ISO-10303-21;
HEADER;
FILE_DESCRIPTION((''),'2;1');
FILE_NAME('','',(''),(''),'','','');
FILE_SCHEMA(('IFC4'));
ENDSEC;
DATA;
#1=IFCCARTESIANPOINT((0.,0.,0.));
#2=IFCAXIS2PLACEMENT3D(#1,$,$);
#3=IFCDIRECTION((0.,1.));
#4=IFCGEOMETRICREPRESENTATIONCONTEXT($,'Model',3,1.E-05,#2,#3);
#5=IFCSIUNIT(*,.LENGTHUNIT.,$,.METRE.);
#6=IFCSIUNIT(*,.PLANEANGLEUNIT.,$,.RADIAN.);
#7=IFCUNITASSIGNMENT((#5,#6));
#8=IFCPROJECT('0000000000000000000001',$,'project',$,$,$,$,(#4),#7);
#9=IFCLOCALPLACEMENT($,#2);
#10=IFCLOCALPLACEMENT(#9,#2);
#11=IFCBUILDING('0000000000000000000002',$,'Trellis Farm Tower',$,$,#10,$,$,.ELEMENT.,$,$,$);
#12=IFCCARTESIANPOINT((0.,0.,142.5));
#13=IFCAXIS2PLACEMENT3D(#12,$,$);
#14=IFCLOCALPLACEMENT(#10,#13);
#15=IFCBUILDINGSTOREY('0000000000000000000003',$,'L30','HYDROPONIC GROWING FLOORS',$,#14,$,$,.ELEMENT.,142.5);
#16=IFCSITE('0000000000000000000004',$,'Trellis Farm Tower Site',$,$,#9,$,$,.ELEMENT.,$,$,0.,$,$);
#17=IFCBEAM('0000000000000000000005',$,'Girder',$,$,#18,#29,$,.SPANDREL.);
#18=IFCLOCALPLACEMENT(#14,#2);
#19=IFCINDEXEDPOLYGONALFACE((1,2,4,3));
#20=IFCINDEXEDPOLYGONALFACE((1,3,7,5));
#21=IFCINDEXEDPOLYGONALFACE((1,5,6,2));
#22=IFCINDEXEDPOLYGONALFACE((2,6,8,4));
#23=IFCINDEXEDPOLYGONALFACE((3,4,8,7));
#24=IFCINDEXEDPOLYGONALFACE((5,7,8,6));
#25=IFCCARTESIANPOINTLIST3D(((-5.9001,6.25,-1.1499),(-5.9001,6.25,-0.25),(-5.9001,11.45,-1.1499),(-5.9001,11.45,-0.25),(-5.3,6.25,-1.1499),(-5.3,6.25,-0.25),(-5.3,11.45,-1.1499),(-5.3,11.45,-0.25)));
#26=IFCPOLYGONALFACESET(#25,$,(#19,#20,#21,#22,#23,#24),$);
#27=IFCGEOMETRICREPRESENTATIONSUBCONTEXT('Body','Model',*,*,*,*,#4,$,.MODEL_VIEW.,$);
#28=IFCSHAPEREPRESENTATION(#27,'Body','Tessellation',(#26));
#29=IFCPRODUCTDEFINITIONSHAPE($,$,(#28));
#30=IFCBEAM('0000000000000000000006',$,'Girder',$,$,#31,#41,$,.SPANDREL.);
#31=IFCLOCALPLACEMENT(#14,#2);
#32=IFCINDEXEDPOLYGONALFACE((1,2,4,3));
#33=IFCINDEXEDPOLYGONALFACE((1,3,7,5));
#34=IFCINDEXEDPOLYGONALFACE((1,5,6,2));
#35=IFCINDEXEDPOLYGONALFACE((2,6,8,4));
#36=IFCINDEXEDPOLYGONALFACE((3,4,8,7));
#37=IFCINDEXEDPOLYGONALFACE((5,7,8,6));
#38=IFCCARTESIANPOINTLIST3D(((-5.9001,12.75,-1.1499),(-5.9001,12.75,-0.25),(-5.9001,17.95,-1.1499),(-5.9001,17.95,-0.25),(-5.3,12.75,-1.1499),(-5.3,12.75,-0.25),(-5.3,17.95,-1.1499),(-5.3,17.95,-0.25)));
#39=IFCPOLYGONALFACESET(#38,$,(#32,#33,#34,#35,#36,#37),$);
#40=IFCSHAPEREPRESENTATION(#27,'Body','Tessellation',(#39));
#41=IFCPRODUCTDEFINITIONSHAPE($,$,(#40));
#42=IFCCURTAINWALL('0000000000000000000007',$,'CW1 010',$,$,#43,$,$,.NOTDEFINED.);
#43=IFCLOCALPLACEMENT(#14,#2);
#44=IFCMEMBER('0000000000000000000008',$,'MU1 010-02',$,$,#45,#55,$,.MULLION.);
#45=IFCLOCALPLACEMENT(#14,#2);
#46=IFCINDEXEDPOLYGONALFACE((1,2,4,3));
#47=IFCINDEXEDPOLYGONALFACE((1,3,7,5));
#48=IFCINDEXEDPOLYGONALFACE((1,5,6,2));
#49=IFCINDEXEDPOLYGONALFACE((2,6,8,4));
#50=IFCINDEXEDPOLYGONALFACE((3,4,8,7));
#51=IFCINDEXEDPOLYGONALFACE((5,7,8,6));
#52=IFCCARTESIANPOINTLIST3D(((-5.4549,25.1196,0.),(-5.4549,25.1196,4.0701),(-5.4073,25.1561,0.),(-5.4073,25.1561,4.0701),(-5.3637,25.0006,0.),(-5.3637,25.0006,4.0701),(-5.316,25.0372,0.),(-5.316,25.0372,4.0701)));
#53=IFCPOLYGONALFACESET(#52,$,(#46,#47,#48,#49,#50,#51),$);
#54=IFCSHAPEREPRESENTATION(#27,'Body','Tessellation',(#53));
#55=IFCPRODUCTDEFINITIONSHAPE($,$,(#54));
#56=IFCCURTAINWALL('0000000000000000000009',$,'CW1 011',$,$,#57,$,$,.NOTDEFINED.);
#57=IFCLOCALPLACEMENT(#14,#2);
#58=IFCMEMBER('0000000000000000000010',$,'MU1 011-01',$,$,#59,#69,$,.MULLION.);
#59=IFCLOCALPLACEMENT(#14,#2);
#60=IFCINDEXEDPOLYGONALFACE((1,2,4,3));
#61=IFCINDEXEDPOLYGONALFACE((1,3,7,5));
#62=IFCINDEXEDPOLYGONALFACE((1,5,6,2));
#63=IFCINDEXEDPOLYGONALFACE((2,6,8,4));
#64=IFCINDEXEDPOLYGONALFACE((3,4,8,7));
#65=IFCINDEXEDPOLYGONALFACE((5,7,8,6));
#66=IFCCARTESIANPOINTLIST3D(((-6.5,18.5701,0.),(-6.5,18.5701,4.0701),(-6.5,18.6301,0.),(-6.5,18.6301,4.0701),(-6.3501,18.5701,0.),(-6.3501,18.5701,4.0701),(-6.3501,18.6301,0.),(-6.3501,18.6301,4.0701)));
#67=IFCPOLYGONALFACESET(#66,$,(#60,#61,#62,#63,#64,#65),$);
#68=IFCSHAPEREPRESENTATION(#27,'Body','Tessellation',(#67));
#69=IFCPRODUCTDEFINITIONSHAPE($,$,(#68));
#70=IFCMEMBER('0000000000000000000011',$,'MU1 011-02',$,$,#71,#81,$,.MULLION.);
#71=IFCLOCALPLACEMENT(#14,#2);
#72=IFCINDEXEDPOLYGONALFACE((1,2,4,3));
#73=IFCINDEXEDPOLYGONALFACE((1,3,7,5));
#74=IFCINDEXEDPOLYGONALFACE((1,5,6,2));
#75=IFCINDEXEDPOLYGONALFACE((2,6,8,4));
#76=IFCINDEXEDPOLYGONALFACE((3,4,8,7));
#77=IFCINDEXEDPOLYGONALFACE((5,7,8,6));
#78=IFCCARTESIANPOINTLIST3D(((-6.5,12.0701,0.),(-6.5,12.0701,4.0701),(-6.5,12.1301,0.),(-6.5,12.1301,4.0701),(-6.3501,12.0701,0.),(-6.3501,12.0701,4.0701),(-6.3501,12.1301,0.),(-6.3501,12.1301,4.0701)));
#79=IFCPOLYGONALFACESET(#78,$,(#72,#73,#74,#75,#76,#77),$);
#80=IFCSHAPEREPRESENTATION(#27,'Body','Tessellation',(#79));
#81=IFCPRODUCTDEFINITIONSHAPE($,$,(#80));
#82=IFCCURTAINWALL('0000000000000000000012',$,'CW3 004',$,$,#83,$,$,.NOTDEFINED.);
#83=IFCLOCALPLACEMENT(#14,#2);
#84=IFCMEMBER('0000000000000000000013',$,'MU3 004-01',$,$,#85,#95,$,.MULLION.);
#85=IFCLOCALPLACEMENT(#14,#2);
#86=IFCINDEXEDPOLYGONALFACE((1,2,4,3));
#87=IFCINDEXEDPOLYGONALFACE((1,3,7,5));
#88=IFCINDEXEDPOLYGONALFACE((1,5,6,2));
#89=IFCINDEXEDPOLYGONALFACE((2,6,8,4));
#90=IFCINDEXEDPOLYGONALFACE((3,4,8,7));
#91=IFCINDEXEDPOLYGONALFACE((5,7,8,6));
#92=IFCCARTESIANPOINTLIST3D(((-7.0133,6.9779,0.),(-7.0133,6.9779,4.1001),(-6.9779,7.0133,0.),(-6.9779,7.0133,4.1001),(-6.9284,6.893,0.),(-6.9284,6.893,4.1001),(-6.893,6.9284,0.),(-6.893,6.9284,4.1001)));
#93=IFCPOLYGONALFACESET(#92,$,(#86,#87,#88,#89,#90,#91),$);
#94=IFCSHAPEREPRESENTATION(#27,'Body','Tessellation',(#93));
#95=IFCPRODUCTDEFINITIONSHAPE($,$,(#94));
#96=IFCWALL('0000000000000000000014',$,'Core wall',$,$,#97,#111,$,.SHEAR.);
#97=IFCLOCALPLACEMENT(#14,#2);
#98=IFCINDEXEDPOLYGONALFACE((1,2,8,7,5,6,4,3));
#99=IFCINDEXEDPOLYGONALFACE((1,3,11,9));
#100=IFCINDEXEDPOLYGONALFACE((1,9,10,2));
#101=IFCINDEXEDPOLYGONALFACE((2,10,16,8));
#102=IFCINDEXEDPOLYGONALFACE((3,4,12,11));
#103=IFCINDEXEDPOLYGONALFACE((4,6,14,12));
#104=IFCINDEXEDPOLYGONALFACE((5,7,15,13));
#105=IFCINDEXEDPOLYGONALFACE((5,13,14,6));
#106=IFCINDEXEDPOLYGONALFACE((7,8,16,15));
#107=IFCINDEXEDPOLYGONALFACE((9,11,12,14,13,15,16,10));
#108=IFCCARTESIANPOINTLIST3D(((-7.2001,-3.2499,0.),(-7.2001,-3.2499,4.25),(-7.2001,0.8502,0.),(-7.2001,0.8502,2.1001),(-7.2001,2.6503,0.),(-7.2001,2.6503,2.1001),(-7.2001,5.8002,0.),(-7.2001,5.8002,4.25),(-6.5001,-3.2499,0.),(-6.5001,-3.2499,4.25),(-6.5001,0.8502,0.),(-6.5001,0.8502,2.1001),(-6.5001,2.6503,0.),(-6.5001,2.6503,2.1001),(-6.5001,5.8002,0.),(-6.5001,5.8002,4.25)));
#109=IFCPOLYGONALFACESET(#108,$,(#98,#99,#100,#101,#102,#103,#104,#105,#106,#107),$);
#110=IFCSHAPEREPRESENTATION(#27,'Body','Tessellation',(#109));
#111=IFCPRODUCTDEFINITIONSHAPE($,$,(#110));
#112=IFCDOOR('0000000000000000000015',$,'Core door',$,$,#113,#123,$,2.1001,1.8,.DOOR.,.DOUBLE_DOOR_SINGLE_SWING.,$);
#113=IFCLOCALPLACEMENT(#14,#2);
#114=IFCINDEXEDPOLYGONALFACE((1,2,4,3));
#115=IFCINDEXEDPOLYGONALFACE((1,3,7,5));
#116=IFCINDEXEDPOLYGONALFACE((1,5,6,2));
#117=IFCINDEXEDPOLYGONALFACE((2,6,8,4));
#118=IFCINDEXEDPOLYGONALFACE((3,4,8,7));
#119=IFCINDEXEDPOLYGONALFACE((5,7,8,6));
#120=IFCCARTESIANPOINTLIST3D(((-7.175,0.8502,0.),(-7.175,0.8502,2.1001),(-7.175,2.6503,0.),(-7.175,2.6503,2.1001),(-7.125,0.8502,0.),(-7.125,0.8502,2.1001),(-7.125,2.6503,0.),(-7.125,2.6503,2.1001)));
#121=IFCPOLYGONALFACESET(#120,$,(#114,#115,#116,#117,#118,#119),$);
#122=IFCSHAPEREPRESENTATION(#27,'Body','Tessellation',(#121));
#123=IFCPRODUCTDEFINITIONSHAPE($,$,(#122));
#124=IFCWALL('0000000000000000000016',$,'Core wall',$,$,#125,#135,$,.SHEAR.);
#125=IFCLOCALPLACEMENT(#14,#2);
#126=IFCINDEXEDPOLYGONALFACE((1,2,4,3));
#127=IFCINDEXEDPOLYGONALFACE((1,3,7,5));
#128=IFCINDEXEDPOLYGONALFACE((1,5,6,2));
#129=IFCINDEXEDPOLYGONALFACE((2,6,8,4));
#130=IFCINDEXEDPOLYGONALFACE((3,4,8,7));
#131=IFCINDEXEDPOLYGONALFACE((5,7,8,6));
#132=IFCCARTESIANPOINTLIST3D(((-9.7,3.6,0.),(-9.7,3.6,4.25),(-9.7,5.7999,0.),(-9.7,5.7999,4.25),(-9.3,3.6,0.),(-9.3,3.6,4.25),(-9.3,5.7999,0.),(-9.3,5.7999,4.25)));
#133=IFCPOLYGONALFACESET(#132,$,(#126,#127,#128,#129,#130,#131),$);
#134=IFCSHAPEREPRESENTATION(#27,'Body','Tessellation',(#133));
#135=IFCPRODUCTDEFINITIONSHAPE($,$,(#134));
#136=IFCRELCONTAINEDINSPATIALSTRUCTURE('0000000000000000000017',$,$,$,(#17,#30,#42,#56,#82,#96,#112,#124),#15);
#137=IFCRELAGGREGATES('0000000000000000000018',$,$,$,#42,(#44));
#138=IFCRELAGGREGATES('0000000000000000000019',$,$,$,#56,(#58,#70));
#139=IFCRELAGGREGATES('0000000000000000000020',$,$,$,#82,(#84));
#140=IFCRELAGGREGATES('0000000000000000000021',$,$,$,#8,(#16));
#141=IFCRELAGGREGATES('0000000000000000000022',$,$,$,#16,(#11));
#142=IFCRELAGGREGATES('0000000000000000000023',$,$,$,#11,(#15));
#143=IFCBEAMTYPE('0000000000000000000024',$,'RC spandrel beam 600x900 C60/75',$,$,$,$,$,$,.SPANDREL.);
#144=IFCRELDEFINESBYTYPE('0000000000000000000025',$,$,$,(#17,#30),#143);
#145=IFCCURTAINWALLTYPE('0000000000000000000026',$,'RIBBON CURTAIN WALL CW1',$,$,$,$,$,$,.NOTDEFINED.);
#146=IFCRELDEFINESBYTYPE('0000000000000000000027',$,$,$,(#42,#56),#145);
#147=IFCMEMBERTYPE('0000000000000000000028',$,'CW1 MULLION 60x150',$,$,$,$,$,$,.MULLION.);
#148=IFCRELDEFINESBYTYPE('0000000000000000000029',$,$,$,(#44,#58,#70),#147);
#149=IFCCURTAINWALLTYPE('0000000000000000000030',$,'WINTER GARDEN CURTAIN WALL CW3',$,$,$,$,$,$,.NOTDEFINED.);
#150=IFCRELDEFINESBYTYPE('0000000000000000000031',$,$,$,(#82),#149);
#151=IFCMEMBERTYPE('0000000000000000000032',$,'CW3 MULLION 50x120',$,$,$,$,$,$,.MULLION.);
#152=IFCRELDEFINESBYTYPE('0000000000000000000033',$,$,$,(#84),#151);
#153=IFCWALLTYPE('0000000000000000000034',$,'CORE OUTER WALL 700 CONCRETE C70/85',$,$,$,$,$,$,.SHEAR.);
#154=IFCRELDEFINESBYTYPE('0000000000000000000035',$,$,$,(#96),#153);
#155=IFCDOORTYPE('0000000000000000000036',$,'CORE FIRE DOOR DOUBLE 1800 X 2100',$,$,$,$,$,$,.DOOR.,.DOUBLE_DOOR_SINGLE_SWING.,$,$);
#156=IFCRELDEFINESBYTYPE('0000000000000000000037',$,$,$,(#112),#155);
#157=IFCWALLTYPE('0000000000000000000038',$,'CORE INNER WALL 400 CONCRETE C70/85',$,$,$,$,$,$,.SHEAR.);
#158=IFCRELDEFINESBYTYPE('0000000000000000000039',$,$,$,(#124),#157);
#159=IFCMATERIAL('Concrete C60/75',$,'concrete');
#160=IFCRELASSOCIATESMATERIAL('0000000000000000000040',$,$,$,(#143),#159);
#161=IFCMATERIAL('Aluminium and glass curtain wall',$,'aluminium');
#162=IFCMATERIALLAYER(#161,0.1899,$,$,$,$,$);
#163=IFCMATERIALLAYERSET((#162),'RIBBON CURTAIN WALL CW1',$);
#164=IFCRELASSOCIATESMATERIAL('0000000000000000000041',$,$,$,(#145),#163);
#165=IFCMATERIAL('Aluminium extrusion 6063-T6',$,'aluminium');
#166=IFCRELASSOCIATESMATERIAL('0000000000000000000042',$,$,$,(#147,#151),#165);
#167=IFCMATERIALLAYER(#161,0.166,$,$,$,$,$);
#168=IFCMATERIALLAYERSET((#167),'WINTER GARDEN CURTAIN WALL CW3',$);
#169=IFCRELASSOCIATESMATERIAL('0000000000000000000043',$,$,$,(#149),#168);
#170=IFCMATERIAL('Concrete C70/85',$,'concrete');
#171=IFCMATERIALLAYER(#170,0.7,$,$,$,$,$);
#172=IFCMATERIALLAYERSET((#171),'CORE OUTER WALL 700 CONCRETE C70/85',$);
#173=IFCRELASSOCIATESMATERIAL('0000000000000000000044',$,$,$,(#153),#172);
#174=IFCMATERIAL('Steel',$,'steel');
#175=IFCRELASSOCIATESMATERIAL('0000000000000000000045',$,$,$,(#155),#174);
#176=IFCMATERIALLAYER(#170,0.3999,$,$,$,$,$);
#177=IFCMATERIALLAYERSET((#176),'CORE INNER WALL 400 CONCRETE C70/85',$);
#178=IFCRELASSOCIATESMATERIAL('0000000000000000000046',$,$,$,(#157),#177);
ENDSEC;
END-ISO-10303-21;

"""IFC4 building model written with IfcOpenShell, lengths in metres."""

from ifc_helpers import new_model, si_unit, direction, frame, frame_2d, origin, origin_2d, place, context, subcontext, project, spatial, rectangle, extrude, source, transform, mapped, material, layer, layer_set, material_profile, profile_set, type_object, element, fill, aggregate, save


model = new_model("IFC4")

# Units and contexts
model_context = context("Model", 3, precision=1e-05, world=origin(), true_north=direction((0.0, 1.0)))
body_context = subcontext(model_context, "Body", "Model", "MODEL_VIEW")
ifc_project = project(units=[si_unit("LENGTHUNIT", "METRE"), si_unit("PLANEANGLEUNIT", "RADIAN")], contexts=[model_context])

# Site, building, storey
site_placement = place(None, origin())
site = spatial("IfcSite", under=ifc_project, at=site_placement, Name="Trellis Farm Tower Site", CompositionType="ELEMENT", RefElevation=0.0)
building_placement = place(site_placement, origin())
building = spatial("IfcBuilding", under=site, at=building_placement, Name="Trellis Farm Tower", CompositionType="ELEMENT")
storey_placement = place(building_placement, frame((0.0, 0.0, 142.5)))
storey = spatial("IfcBuildingStorey", under=building, at=storey_placement, Name="L30", Description="HYDROPONIC GROWING FLOORS", CompositionType="ELEMENT", Elevation=142.5)

# Beams
ifc_material_1 = material(Name="Concrete C60/75", Category="concrete")
ifc_material_profile_1 = material_profile(ifc_material_1, rectangle(XDim=0.6001, YDim=0.8999, at=origin_2d()), Name="RC spandrel beam 600x900 C60/75")
ifc_profile_set_1 = profile_set([ifc_material_profile_1], Name="Concrete C60/75")
beam_type_1 = type_object("IfcBeamType", Name="RC spandrel beam 600x900 C60/75", PredefinedType="SPANDREL", material=ifc_profile_set_1)
shared_shape_1 = source(origin(), body_context, "Body", "SweptSolid", [
    extrude(rectangle(XDim=0.6001, YDim=0.8999, at=origin_2d()), origin(), (0.0, 0.0, 1.0), 5.2),
])
for number, where, z_axis, x_axis, name in (
    (1, (-5.6001, 6.25, -0.7), (0.0, 1.0, 0.0), (-1.0, 0.0, 0.0), "Girder"),
    (2, (-5.6001, 12.75, -0.7), (0.0, 1.0, 0.0), (-1.0, 0.0, 0.0), "Girder"),
):
    element("IfcBeam", number, at=place(storey_placement, frame(where, z_axis=z_axis, x_axis=x_axis)), inside=storey, type_object=beam_type_1, Name=name, PredefinedType="SPANDREL", context=body_context, shape_type="MappedRepresentation", body=[
        mapped(shared_shape_1, transform((0.0, 0.0, 0.0))),
    ])

# Curtain wall, member
ifc_material_2 = material(Name="Aluminium and glass curtain wall", Category="aluminium")
ifc_layer_1 = layer(ifc_material_2, 0.1899)
ifc_layer_set_1 = layer_set([ifc_layer_1], Name="RIBBON CURTAIN WALL CW1")
curtain_wall_type_1 = type_object("IfcCurtainWallType", Name="RIBBON CURTAIN WALL CW1", PredefinedType="NOTDEFINED", material=ifc_layer_set_1)
placement = place(storey_placement, origin())
curtain_wall_1 = element("IfcCurtainWall", 3, at=placement, inside=storey, type_object=curtain_wall_type_1, Name="CW1 010", PredefinedType="NOTDEFINED")
ifc_material_3 = material(Name="Aluminium extrusion 6063-T6", Category="aluminium")
ifc_material_profile_2 = material_profile(ifc_material_3, rectangle(XDim=0.0601, YDim=0.1499, at=origin_2d()), Name="MULLION 60x150")
ifc_profile_set_2 = profile_set([ifc_material_profile_2], Name="Aluminium extrusion 6063-T6")
member_type_1 = type_object("IfcMemberType", Name="CW1 MULLION 60x150", PredefinedType="MULLION", material=ifc_profile_set_2)
shared_shape_2 = source(origin(), body_context, "Body", "SweptSolid", [
    extrude(rectangle(XDim=0.0601, YDim=0.1499, at=origin_2d()), origin(), (0.0, 0.0, 1.0), 4.0701),
])
member_1_placement = place(storey_placement, frame((-5.3855, 25.0784, 0.0), z_axis=(0.0, 0.0, 1.0), x_axis=(-0.793353, -0.608761, 0.0)))
member_1 = element("IfcMember", 4, at=member_1_placement, type_object=member_type_1, Name="MU1 010-02", PredefinedType="MULLION", context=body_context, shape_type="MappedRepresentation", body=[
    mapped(shared_shape_2, transform((0.0, 0.0, 0.0))),
])
aggregate(curtain_wall_1, [member_1])

# Curtain wall, members
curtain_wall_2 = element("IfcCurtainWall", 5, at=placement, inside=storey, type_object=curtain_wall_type_1, Name="CW1 011", PredefinedType="NOTDEFINED")
member_2_placement = place(storey_placement, frame((-6.425, 18.6001, 0.0), z_axis=(0.0, 0.0, 1.0), x_axis=(0.0, -1.0, 0.0)))
member_2 = element("IfcMember", 6, at=member_2_placement, type_object=member_type_1, Name="MU1 011-01", PredefinedType="MULLION", context=body_context, shape_type="MappedRepresentation", body=[
    mapped(shared_shape_2, transform((0.0, 0.0, 0.0))),
])
member_3_placement = place(storey_placement, frame((-6.425, 12.1001, 0.0), z_axis=(0.0, 0.0, 1.0), x_axis=(0.0, -1.0, 0.0)))
member_3 = element("IfcMember", 7, at=member_3_placement, type_object=member_type_1, Name="MU1 011-02", PredefinedType="MULLION", context=body_context, shape_type="MappedRepresentation", body=[
    mapped(shared_shape_2, transform((0.0, 0.0, 0.0))),
])
aggregate(curtain_wall_2, [member_2, member_3])

# Curtain wall, member
ifc_layer_2 = layer(ifc_material_2, 0.166)
ifc_layer_set_2 = layer_set([ifc_layer_2], Name="WINTER GARDEN CURTAIN WALL CW3")
curtain_wall_type_2 = type_object("IfcCurtainWallType", Name="WINTER GARDEN CURTAIN WALL CW3", PredefinedType="NOTDEFINED", material=ifc_layer_set_2)
curtain_wall_3 = element("IfcCurtainWall", 8, at=placement, inside=storey, type_object=curtain_wall_type_2, Name="CW3 004", PredefinedType="NOTDEFINED")
ifc_material_profile_3 = material_profile(ifc_material_3, rectangle(XDim=0.05, YDim=0.1201, at=origin_2d()), Name="MULLION 50x120")
ifc_profile_set_3 = profile_set([ifc_material_profile_3], Name="Aluminium extrusion 6063-T6")
member_type_2 = type_object("IfcMemberType", Name="CW3 MULLION 50x120", PredefinedType="MULLION", material=ifc_profile_set_3)
shared_shape_3 = source(origin(), body_context, "Body", "SweptSolid", [
    extrude(rectangle(XDim=0.05, YDim=0.1201, at=origin_2d()), origin(), (0.0, 0.0, 1.0), 4.1001),
])
member_4_placement = place(storey_placement, frame((-6.9531, 6.9531, 0.0), z_axis=(0.0, 0.0, 1.0), x_axis=(-0.707107, -0.707107, 0.0)))
member_4 = element("IfcMember", 9, at=member_4_placement, type_object=member_type_2, Name="MU3 004-01", PredefinedType="MULLION", context=body_context, shape_type="MappedRepresentation", body=[
    mapped(shared_shape_3, transform((0.0, 0.0, 0.0))),
])
aggregate(curtain_wall_3, [member_4])

# Wall, opening, door
ifc_material_4 = material(Name="Concrete C70/85", Category="concrete")
ifc_layer_3 = layer(ifc_material_4, 0.7)
ifc_layer_set_3 = layer_set([ifc_layer_3], Name="CORE OUTER WALL 700 CONCRETE C70/85")
wall_type_1 = type_object("IfcWallType", Name="CORE OUTER WALL 700 CONCRETE C70/85", PredefinedType="SHEAR", material=ifc_layer_set_3)
shared_shape_4 = source(origin(), body_context, "Body", "SweptSolid", [
    extrude(rectangle(XDim=9.05, YDim=0.7, at=frame_2d((4.5249, 0.0))), origin(), (0.0, 0.0, 1.0), 4.25),
])
wall_1_placement = place(storey_placement, frame((-6.8501, 5.8, 0.0), z_axis=(0.0, 0.0, 1.0), x_axis=(0.0, -1.0, 0.0)))
wall_1 = element("IfcWall", 10, at=wall_1_placement, inside=storey, type_object=wall_type_1, Name="Core wall", PredefinedType="SHEAR", context=body_context, shape_type="MappedRepresentation", body=[
    mapped(shared_shape_4, transform((0.0, 0.0, 0.0))),
])
shared_shape_5 = source(origin(), body_context, "Body", "SweptSolid", [
    extrude(rectangle(XDim=1.8, YDim=2.1001, at=frame_2d((0.8999, 1.05))), frame((0.0, 0.3601, 0.0), z_axis=(0.0, -1.0, 0.0), x_axis=(1.0, 0.0, 0.0)), (0.0, 0.0, 1.0), 0.7202),
])
opening_1_placement = place(wall_1_placement, frame((3.1499, 0.0, 0.0)))
opening_1 = element("IfcOpeningElement", 11, at=opening_1_placement, cuts=wall_1, PredefinedType="OPENING", context=body_context, shape_type="MappedRepresentation", body=[
    mapped(shared_shape_5, transform((0.0, 0.0, 0.0))),
])
ifc_material_5 = material(Name="Steel", Category="steel")
door_type_1 = type_object("IfcDoorType", Name="CORE FIRE DOOR DOUBLE 1800 X 2100", OperationType="DOUBLE_DOOR_SINGLE_SWING", PredefinedType="DOOR", material=ifc_material_5)
shared_shape_6 = source(origin(), body_context, "Body", "SweptSolid", [
    extrude(rectangle(XDim=1.8, YDim=2.1001, at=frame_2d((0.8999, 1.05))), frame((0.0, -0.2749, 0.0), z_axis=(0.0, -1.0, 0.0), x_axis=(1.0, 0.0, 0.0)), (0.0, 0.0, 1.0), 0.05),
])
door_1_placement = place(opening_1_placement, origin())
door_1 = element("IfcDoor", 12, at=door_1_placement, inside=storey, type_object=door_type_1, Name="Core door", OperationType="DOUBLE_DOOR_SINGLE_SWING", OverallHeight=2.1001, OverallWidth=1.8, PredefinedType="DOOR", context=body_context, shape_type="MappedRepresentation", body=[
    mapped(shared_shape_6, transform((0.0, 0.0, 0.0))),
])
fill(opening_1, door_1)

# Wall
ifc_layer_4 = layer(ifc_material_4, 0.3999)
ifc_layer_set_4 = layer_set([ifc_layer_4], Name="CORE INNER WALL 400 CONCRETE C70/85")
wall_type_2 = type_object("IfcWallType", Name="CORE INNER WALL 400 CONCRETE C70/85", PredefinedType="SHEAR", material=ifc_layer_set_4)
shared_shape_7 = source(origin(), body_context, "Body", "SweptSolid", [
    extrude(rectangle(XDim=2.2, YDim=0.3999, at=frame_2d((1.1001, 0.0))), origin(), (0.0, 0.0, 1.0), 4.25),
])
wall_2_placement = place(storey_placement, frame((-9.5, 5.8, 0.0), z_axis=(0.0, 0.0, 1.0), x_axis=(0.0, -1.0, 0.0)))
element("IfcWall", 13, at=wall_2_placement, inside=storey, type_object=wall_type_2, Name="Core wall", PredefinedType="SHEAR", context=body_context, shape_type="MappedRepresentation", body=[
    mapped(shared_shape_7, transform((0.0, 0.0, 0.0))),
])

save(model, "model.ifc")
